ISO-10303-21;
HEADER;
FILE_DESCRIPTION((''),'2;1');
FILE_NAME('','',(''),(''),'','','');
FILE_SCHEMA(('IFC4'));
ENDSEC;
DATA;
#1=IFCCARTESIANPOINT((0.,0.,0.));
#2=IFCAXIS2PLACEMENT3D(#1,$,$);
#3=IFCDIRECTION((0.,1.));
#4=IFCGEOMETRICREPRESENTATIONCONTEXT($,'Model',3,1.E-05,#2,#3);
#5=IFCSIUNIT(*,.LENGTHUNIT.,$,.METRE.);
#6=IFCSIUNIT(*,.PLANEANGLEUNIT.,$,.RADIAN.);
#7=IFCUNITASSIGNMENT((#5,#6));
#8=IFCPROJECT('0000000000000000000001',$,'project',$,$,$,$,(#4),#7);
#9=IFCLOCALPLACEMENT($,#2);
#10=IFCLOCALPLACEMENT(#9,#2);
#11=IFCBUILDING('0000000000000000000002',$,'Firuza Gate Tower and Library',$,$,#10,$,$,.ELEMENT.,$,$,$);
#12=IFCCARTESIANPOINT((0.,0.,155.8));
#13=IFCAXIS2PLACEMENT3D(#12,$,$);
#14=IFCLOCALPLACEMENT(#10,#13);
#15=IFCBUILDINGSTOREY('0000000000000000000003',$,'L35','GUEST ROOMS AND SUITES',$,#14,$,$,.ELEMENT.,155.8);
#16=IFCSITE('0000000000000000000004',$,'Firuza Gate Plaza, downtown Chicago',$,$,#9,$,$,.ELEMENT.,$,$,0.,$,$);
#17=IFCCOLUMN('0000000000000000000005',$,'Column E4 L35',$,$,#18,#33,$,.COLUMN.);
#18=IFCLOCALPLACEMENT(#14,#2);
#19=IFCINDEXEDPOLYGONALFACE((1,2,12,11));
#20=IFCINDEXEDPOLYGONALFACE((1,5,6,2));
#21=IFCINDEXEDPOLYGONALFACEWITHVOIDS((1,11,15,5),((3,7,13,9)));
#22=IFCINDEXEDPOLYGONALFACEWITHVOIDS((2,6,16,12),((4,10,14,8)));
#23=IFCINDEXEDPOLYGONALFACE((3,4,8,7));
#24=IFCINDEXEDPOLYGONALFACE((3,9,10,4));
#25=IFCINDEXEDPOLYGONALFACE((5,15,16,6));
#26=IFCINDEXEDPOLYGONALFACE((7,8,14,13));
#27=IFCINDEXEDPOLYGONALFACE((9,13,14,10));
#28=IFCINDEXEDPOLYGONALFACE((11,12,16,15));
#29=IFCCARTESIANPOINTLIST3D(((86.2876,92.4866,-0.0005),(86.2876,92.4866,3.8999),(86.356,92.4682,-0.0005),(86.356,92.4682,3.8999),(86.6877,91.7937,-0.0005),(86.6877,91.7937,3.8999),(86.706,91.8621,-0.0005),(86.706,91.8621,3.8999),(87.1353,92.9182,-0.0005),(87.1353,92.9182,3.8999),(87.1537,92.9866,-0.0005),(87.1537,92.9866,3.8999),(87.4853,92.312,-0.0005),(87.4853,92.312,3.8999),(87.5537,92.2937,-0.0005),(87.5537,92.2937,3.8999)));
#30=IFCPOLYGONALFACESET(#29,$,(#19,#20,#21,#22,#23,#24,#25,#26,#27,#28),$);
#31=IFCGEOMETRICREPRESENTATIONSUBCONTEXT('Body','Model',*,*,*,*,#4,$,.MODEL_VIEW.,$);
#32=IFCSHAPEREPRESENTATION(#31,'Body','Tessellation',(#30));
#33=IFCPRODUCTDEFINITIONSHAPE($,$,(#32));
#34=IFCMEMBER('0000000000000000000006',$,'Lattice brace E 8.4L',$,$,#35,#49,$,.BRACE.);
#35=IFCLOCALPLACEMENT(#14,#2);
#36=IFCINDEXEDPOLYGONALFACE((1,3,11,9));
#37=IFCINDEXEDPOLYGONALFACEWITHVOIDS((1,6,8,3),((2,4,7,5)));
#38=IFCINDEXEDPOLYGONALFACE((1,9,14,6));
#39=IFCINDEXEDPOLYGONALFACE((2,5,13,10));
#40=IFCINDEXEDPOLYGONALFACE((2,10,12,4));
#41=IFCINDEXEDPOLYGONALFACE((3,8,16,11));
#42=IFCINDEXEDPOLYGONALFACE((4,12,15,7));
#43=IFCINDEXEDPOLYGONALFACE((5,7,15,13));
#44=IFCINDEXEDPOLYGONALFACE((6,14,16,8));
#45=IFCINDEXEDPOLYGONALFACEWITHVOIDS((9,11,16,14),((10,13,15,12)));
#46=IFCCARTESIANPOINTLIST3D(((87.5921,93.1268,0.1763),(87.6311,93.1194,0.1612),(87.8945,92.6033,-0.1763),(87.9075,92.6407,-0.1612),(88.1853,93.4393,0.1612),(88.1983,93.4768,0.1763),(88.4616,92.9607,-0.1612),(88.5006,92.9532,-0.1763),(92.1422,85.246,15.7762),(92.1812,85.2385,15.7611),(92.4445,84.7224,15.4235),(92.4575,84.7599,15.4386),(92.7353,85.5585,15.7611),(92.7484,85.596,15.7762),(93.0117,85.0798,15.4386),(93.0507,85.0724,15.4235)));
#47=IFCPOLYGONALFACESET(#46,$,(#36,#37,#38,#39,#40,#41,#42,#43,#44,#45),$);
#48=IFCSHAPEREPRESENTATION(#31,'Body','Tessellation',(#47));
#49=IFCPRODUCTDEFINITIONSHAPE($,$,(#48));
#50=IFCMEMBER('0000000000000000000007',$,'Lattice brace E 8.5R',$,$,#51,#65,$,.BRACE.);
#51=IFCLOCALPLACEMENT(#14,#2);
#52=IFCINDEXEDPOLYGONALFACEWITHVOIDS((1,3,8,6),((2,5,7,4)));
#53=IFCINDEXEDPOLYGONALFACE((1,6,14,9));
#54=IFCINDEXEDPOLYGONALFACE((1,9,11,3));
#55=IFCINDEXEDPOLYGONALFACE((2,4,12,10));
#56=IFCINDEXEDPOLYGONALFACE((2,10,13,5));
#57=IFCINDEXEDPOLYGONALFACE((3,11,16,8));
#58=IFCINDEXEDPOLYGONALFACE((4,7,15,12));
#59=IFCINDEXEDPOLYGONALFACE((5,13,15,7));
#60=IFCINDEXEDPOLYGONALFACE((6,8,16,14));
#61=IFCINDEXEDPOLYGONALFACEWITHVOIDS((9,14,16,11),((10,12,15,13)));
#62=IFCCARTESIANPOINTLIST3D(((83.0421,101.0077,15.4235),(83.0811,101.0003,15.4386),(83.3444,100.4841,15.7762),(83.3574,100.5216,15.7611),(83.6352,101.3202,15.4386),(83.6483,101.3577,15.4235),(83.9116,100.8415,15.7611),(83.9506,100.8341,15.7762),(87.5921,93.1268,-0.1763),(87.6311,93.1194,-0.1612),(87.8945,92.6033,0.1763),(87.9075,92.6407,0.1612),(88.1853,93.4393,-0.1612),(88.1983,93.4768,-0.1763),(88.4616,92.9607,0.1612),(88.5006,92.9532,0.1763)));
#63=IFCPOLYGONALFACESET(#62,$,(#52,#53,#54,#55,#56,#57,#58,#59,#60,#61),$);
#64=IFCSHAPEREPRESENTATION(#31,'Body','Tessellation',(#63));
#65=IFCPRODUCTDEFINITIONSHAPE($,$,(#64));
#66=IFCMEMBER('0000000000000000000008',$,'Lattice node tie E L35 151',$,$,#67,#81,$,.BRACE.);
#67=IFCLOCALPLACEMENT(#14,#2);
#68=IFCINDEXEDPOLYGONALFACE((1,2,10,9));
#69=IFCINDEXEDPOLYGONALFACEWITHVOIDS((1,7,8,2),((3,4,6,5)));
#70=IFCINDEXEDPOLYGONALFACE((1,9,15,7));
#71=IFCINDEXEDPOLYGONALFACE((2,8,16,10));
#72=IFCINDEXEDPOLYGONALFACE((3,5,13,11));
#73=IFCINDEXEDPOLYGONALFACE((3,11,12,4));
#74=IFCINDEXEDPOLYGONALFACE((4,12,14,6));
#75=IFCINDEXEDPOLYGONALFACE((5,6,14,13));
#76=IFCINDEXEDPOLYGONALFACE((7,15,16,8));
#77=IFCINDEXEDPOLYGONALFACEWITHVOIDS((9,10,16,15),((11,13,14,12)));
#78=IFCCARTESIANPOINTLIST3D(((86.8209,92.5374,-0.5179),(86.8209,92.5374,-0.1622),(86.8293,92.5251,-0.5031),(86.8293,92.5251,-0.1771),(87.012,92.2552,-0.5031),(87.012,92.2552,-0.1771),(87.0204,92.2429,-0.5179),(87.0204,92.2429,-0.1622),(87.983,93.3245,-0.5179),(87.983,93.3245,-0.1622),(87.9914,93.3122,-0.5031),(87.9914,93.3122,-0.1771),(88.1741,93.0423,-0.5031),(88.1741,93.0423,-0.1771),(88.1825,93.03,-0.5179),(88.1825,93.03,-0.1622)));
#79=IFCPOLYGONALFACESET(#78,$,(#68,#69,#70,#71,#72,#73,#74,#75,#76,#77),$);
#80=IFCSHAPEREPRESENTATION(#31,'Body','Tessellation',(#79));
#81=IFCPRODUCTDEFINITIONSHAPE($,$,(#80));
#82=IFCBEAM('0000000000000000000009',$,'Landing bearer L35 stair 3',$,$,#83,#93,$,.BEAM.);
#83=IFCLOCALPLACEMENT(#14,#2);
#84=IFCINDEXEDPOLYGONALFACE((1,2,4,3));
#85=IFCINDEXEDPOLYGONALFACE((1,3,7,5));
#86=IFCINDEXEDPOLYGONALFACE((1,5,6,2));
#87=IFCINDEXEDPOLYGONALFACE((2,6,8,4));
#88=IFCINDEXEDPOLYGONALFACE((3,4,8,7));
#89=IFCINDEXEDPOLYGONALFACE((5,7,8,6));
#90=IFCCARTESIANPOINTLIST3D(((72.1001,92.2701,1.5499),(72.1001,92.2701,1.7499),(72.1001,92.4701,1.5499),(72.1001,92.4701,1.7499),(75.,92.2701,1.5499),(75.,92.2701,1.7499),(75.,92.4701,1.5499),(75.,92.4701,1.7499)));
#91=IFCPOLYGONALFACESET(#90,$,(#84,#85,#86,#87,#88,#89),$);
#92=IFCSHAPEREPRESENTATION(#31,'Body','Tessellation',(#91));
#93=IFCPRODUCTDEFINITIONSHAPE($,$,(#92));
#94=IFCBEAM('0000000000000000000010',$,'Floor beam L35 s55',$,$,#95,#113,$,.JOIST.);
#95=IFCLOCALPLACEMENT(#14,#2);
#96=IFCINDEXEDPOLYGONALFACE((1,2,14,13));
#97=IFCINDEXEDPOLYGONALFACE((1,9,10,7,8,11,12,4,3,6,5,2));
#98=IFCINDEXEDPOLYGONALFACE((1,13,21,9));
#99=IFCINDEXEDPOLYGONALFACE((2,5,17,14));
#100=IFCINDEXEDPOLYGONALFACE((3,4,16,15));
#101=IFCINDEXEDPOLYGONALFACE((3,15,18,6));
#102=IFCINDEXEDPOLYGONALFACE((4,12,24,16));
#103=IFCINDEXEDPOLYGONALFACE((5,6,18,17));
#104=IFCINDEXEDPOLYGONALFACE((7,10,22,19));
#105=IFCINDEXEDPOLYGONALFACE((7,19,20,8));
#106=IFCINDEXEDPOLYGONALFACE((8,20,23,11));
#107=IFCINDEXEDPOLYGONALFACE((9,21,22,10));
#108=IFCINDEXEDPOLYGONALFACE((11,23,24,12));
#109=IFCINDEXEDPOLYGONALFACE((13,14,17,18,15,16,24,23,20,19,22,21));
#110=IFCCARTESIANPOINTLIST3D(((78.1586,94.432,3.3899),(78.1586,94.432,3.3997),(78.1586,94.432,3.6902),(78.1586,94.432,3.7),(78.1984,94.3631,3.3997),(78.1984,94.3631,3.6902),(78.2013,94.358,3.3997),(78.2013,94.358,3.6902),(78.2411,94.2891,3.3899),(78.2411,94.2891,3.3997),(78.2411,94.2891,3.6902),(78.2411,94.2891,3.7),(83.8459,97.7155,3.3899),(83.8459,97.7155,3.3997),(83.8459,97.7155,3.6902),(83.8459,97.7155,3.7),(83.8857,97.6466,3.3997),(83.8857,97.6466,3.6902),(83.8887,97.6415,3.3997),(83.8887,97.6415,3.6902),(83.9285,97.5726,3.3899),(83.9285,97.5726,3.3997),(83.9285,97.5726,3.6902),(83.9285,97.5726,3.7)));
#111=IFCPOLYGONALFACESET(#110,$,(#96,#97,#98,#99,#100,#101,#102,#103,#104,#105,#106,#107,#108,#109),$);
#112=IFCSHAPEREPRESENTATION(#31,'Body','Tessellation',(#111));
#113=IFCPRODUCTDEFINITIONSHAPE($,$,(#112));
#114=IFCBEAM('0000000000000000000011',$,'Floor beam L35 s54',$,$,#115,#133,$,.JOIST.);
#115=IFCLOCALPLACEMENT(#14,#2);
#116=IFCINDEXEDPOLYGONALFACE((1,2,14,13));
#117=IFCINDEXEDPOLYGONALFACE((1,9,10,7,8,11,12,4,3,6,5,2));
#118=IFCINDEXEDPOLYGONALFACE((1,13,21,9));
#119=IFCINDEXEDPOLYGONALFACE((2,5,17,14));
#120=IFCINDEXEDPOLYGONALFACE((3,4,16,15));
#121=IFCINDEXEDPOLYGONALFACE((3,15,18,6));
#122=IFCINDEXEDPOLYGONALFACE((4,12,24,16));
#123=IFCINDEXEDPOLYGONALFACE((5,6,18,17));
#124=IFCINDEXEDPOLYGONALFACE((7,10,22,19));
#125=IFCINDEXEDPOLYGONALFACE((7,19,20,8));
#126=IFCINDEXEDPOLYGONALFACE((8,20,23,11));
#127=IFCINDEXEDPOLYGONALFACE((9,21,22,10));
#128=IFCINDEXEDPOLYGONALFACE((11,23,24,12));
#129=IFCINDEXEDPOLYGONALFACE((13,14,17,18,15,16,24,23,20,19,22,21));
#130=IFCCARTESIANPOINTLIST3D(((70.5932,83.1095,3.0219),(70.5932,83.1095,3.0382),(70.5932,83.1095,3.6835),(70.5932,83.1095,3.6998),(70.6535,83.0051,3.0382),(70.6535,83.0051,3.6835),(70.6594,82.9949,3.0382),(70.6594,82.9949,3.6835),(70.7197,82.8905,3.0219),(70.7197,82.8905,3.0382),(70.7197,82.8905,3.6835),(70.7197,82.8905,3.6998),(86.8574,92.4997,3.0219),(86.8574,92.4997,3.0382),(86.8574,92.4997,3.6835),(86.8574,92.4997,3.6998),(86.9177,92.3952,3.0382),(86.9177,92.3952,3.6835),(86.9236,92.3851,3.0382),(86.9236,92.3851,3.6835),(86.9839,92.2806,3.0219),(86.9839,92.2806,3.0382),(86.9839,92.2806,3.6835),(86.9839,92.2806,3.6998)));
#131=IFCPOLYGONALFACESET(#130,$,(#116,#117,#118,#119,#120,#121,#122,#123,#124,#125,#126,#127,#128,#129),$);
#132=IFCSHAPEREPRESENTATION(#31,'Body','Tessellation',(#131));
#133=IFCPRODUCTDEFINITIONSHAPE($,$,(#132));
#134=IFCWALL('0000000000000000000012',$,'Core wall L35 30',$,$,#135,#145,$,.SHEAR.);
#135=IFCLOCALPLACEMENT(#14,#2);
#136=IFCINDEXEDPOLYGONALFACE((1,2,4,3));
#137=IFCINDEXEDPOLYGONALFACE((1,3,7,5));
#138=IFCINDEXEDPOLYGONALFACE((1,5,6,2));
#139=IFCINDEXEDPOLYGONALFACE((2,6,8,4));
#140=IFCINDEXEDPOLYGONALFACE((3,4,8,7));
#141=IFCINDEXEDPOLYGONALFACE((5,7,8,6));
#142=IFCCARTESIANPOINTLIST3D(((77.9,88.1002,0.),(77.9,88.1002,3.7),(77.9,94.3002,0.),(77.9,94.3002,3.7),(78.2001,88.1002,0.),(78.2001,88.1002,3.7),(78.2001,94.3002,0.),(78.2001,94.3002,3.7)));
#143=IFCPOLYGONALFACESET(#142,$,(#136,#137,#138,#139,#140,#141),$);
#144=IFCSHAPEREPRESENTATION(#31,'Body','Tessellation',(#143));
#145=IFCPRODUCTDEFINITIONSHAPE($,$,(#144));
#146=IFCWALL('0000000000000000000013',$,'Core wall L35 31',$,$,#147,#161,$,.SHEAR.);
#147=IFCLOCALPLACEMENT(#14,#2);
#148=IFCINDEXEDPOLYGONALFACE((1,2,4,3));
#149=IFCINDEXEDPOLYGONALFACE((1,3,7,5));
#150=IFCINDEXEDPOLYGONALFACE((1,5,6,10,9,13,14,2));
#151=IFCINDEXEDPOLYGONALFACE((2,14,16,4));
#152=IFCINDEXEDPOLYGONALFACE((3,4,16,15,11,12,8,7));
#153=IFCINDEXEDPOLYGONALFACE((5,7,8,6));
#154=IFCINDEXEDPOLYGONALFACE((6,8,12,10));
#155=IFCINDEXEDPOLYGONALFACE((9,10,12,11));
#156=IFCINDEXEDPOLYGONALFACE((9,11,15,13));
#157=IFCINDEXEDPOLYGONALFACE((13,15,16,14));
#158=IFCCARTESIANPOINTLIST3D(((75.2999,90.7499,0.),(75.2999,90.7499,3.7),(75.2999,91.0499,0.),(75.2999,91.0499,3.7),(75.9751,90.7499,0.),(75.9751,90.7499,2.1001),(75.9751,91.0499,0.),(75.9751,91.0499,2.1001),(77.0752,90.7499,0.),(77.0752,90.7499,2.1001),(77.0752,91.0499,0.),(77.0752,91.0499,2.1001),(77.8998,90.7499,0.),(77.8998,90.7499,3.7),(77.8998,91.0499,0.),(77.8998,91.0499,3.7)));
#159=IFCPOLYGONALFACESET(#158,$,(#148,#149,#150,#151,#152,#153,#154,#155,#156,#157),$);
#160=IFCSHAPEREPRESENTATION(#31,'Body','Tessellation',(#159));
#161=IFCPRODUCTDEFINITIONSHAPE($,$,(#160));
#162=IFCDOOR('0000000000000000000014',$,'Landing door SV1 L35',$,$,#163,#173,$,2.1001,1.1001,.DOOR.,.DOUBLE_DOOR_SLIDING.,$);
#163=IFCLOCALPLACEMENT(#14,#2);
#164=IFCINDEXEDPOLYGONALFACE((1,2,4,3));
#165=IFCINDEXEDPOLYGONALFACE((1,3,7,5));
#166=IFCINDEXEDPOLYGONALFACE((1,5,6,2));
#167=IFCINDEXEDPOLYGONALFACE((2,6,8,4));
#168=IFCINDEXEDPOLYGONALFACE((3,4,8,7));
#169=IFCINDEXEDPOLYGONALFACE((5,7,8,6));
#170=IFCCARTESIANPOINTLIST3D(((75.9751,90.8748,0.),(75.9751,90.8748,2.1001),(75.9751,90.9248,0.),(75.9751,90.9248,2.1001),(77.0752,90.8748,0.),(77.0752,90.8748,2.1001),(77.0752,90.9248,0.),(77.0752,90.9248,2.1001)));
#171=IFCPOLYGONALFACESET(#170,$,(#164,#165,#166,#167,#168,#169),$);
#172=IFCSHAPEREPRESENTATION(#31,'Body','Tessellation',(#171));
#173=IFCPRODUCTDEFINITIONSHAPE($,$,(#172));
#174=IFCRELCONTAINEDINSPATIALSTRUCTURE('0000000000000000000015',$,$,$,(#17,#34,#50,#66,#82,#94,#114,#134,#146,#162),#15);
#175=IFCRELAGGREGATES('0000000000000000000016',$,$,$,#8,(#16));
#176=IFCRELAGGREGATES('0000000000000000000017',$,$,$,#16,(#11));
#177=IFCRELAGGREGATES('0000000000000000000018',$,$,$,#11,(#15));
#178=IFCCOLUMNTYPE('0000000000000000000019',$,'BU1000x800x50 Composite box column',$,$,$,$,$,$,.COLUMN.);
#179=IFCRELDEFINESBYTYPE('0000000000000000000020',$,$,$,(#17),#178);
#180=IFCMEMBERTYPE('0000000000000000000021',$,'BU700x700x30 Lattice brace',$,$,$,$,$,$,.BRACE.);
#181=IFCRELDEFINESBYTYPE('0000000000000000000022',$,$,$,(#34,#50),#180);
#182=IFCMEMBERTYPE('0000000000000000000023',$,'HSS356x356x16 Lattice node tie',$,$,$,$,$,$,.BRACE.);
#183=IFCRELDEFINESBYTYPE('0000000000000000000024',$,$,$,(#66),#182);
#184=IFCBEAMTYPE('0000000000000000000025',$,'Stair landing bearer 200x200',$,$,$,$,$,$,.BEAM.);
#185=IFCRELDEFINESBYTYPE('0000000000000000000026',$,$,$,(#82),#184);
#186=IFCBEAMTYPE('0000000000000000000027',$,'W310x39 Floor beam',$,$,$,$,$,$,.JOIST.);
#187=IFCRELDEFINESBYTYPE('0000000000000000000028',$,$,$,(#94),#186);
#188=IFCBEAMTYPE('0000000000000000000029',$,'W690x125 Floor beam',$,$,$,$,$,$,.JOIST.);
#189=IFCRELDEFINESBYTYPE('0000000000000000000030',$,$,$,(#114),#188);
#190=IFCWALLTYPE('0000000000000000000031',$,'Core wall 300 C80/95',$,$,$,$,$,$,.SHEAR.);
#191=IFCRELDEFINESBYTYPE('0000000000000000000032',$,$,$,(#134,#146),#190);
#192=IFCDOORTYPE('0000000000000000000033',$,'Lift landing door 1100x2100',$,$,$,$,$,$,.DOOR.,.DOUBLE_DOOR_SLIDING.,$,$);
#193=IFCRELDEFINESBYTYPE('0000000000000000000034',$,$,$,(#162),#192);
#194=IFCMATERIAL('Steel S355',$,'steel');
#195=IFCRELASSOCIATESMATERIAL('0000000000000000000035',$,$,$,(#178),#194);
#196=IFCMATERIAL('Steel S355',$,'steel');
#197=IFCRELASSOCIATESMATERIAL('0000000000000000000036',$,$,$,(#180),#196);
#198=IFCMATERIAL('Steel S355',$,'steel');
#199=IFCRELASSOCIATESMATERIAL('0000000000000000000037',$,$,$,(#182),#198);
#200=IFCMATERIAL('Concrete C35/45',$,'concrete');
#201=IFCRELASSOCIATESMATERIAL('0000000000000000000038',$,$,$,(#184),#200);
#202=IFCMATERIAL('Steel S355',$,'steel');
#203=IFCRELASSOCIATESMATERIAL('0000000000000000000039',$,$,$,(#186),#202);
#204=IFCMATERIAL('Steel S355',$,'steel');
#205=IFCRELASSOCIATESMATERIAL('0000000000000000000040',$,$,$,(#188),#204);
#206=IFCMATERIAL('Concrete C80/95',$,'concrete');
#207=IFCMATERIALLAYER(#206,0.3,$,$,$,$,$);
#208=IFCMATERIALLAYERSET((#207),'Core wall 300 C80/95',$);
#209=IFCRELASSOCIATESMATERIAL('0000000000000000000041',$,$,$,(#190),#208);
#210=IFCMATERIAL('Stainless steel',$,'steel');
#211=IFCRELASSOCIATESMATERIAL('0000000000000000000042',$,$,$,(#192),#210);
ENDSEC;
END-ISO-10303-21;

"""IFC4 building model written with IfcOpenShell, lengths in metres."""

from ifc_helpers import new_model, si_unit, direction, frame, frame_2d, origin, origin_2d, place, context, subcontext, project, spatial, rectangle, hollow_rectangle, i_section, extrude, material, layer, layer_set, material_profile, profile_set, type_object, element, fill, save


model = new_model("IFC4")

# Units and contexts
model_context = context("Model", 3, precision=1e-05, world=origin(), true_north=direction((0.0, 1.0)))
body_context = subcontext(model_context, "Body", "Model", "MODEL_VIEW")
ifc_project = project(units=[si_unit("LENGTHUNIT", "METRE"), si_unit("PLANEANGLEUNIT", "RADIAN")], contexts=[model_context])

# Site, building, storey
site_placement = place(None, origin())
site = spatial("IfcSite", under=ifc_project, at=site_placement, Name="Firuza Gate Plaza, downtown Chicago", CompositionType="ELEMENT", RefElevation=0.0)
building_placement = place(site_placement, origin())
building = spatial("IfcBuilding", under=site, at=building_placement, Name="Firuza Gate Tower and Library", CompositionType="ELEMENT")
storey_placement = place(building_placement, frame((0.0, 0.0, 155.8)))
storey = spatial("IfcBuildingStorey", under=building, at=storey_placement, Name="L35", Description="GUEST ROOMS AND SUITES", CompositionType="ELEMENT", Elevation=155.8)

# Column
ifc_material_1 = material(Name="Steel S355", Category="steel")
ifc_material_profile_1 = material_profile(ifc_material_1, hollow_rectangle(XDim=0.8, YDim=1.0, WallThickness=0.05, at=origin_2d()))
ifc_profile_set_1 = profile_set([ifc_material_profile_1], Name="Steel S355")
column_type = type_object("IfcColumnType", Name="BU1000x800x50 Composite box column", PredefinedType="COLUMN", material=ifc_profile_set_1)
column_placement = place(storey_placement, frame((86.9207, 92.3901, -0.0005), z_axis=(0.0, 0.0, 1.0), x_axis=(-0.5, 0.866025, 0.0)))
element("IfcColumn", 1, at=column_placement, inside=storey, type_object=column_type, Name="Column E4 L35", PredefinedType="COLUMN", context=body_context, shape_type="SweptSolid", body=[
    extrude(hollow_rectangle(XDim=0.8, YDim=1.0, WallThickness=0.05, at=origin_2d()), origin(), (0.0, 0.0, 1.0), 3.9004),
])

# Members
ifc_material_2 = material(Name="Steel S355", Category="steel")
ifc_material_profile_2 = material_profile(ifc_material_2, hollow_rectangle(XDim=0.7, YDim=0.7, WallThickness=0.03, at=origin_2d()))
ifc_profile_set_2 = profile_set([ifc_material_profile_2], Name="Steel S355")
member_type_1 = type_object("IfcMemberType", Name="BU700x700x30 Lattice brace", PredefinedType="BRACE", material=ifc_profile_set_2)
for number, where, z_axis, x_axis, name in (
    (2, (88.0464, 93.04, 0.0), (0.25194, -0.436369, 0.863776), (0.866024, 0.500003, 0.0), "Lattice brace E 8.4L"),
    (3, (88.0464, 93.04, 0.0), (-0.25194, 0.436369, 0.863776), (-0.866024, -0.500003, 0.0), "Lattice brace E 8.5R"),
):
    element("IfcMember", number, at=place(storey_placement, frame(where, z_axis=z_axis, x_axis=x_axis)), inside=storey, type_object=member_type_1, Name=name, PredefinedType="BRACE", context=body_context, shape_type="SweptSolid", body=[
        extrude(hollow_rectangle(XDim=0.7, YDim=0.7, WallThickness=0.03, at=origin_2d()), origin(), (0.0, 0.0, 1.0), 18.0601),
    ])
ifc_material_3 = material(Name="Steel S355", Category="steel")
ifc_material_profile_3 = material_profile(ifc_material_3, hollow_rectangle(XDim=0.3557, YDim=0.3557, WallThickness=0.0149, at=origin_2d()))
ifc_profile_set_3 = profile_set([ifc_material_profile_3], Name="Steel S355")
member_type_2 = type_object("IfcMemberType", Name="HSS356x356x16 Lattice node tie", PredefinedType="BRACE", material=ifc_profile_set_3)
member_placement = place(storey_placement, frame((86.9207, 92.3901, -0.3401), z_axis=(0.82796, 0.560787, 0.0), x_axis=(-0.560787, 0.82796, 0.0)))
element("IfcMember", 4, at=member_placement, inside=storey, type_object=member_type_2, Name="Lattice node tie E L35 151", PredefinedType="BRACE", context=body_context, shape_type="SweptSolid", body=[
    extrude(hollow_rectangle(XDim=0.3557, YDim=0.3557, WallThickness=0.0149, at=origin_2d()), origin(), (0.0, 0.0, 1.0), 1.4036),
])

# Beams
ifc_material_4 = material(Name="Concrete C35/45", Category="concrete")
ifc_material_profile_4 = material_profile(ifc_material_4, rectangle(XDim=0.2, YDim=0.2, at=origin_2d()))
ifc_profile_set_4 = profile_set([ifc_material_profile_4], Name="Concrete C35/45")
beam_type_1 = type_object("IfcBeamType", Name="Stair landing bearer 200x200", PredefinedType="BEAM", material=ifc_profile_set_4)
beam_1_placement = place(storey_placement, frame((75.0, 92.3701, 1.6499), z_axis=(-1.0, 0.0, 0.0), x_axis=(0.0, -1.0, 0.0)))
element("IfcBeam", 5, at=beam_1_placement, inside=storey, type_object=beam_type_1, Name="Landing bearer L35 stair 3", PredefinedType="BEAM", context=body_context, shape_type="SweptSolid", body=[
    extrude(rectangle(XDim=0.2, YDim=0.2, at=origin_2d()), origin(), (0.0, 0.0, 1.0), 2.8999),
])
ifc_material_5 = material(Name="Steel S355", Category="steel")
ifc_material_profile_5 = material_profile(ifc_material_5, i_section(OverallWidth=0.165, OverallDepth=0.3101, WebThickness=0.0059, FlangeThickness=0.0098, at=origin_2d()))
ifc_profile_set_5 = profile_set([ifc_material_profile_5], Name="Steel S355")
beam_type_2 = type_object("IfcBeamType", Name="W310x39 Floor beam", PredefinedType="JOIST", material=ifc_profile_set_5)
beam_2_placement = place(storey_placement, frame((83.8872, 97.644, 3.5449), z_axis=(-0.866031, -0.49999, 0.0), x_axis=(0.49999, -0.866031, 0.0)))
element("IfcBeam", 6, at=beam_2_placement, inside=storey, type_object=beam_type_2, Name="Floor beam L35 s55", PredefinedType="JOIST", context=body_context, shape_type="SweptSolid", body=[
    extrude(i_section(OverallWidth=0.165, OverallDepth=0.3101, WebThickness=0.0059, FlangeThickness=0.0098, at=origin_2d()), origin(), (0.0, 0.0, 1.0), 6.5671),
])
ifc_material_6 = material(Name="Steel S355", Category="steel")
ifc_material_profile_6 = material_profile(ifc_material_6, i_section(OverallWidth=0.2529, OverallDepth=0.678, WebThickness=0.0117, FlangeThickness=0.0164, at=origin_2d()))
ifc_profile_set_6 = profile_set([ifc_material_profile_6], Name="Steel S355")
beam_type_3 = type_object("IfcBeamType", Name="W690x125 Floor beam", PredefinedType="JOIST", material=ifc_profile_set_6)
beam_3_placement = place(storey_placement, frame((86.9207, 92.3901, 3.3608), z_axis=(-0.866025, -0.500001, 0.0), x_axis=(0.500001, -0.866025, 0.0)))
element("IfcBeam", 7, at=beam_3_placement, inside=storey, type_object=beam_type_3, Name="Floor beam L35 s54", PredefinedType="JOIST", context=body_context, shape_type="SweptSolid", body=[
    extrude(i_section(OverallWidth=0.2529, OverallDepth=0.678, WebThickness=0.0117, FlangeThickness=0.0164, at=origin_2d()), origin(), (0.0, 0.0, 1.0), 18.7803),
])

# Wall
ifc_material_7 = material(Name="Concrete C80/95", Category="concrete")
ifc_layer_1 = layer(ifc_material_7, 0.3)
ifc_layer_set_1 = layer_set([ifc_layer_1], Name="Core wall 300 C80/95")
wall_type_1 = type_object("IfcWallType", Name="Core wall 300 C80/95", PredefinedType="SHEAR", material=ifc_layer_set_1)
wall_1_placement = place(storey_placement, frame((78.05, 88.1001, 0.0), z_axis=(0.0, 0.0, 1.0), x_axis=(0.0, 1.0, 0.0)))
element("IfcWall", 8, at=wall_1_placement, inside=storey, type_object=wall_type_1, Name="Core wall L35 30", PredefinedType="SHEAR", context=body_context, shape_type="SweptSolid", body=[
    extrude(rectangle(XDim=6.2, YDim=0.3, at=frame_2d((3.1001, 0.0))), origin(), (0.0, 0.0, 1.0), 3.7),
])

# Wall, opening, door
wall_2_placement = place(storey_placement, frame((75.3, 90.8999, 0.0), z_axis=(0.0, 0.0, 1.0), x_axis=(1.0, 0.0, 0.0)))
wall_2 = element("IfcWall", 9, at=wall_2_placement, inside=storey, type_object=wall_type_1, Name="Core wall L35 31", PredefinedType="SHEAR", context=body_context, shape_type="SweptSolid", body=[
    extrude(rectangle(XDim=2.5999, YDim=0.3, at=frame_2d((1.2998, 0.0))), origin(), (0.0, 0.0, 1.0), 3.7),
])
opening_1_placement = place(wall_2_placement, frame((0.675, 0.0, 0.0)))
opening_1 = element("IfcOpeningElement", 10, at=opening_1_placement, cuts=wall_2, PredefinedType="OPENING", context=body_context, shape_type="SweptSolid", body=[
    extrude(rectangle(XDim=1.1001, YDim=2.1001, at=frame_2d((0.55, 1.05))), frame((0.0, 0.1602, 0.0), z_axis=(0.0, -1.0, 0.0), x_axis=(1.0, 0.0, 0.0)), (0.0, 0.0, 1.0), 0.3201),
])
ifc_material_8 = material(Name="Stainless steel", Category="steel")
door_type_1 = type_object("IfcDoorType", Name="Lift landing door 1100x2100", OperationType="DOUBLE_DOOR_SLIDING", PredefinedType="DOOR", material=ifc_material_8)
door_1_placement = place(opening_1_placement, origin())
door_1 = element("IfcDoor", 11, at=door_1_placement, inside=storey, type_object=door_type_1, Name="Landing door SV1 L35", OperationType="DOUBLE_DOOR_SLIDING", OverallHeight=2.1001, OverallWidth=1.1001, PredefinedType="DOOR", context=body_context, shape_type="SweptSolid", body=[
    extrude(rectangle(XDim=1.1001, YDim=2.1001, at=frame_2d((0.55, 1.05))), frame((0.0, 0.0249, 0.0), z_axis=(0.0, -1.0, 0.0), x_axis=(1.0, 0.0, 0.0)), (0.0, 0.0, 1.0), 0.05),
])
fill(opening_1, door_1)

save(model, "model.ifc")
